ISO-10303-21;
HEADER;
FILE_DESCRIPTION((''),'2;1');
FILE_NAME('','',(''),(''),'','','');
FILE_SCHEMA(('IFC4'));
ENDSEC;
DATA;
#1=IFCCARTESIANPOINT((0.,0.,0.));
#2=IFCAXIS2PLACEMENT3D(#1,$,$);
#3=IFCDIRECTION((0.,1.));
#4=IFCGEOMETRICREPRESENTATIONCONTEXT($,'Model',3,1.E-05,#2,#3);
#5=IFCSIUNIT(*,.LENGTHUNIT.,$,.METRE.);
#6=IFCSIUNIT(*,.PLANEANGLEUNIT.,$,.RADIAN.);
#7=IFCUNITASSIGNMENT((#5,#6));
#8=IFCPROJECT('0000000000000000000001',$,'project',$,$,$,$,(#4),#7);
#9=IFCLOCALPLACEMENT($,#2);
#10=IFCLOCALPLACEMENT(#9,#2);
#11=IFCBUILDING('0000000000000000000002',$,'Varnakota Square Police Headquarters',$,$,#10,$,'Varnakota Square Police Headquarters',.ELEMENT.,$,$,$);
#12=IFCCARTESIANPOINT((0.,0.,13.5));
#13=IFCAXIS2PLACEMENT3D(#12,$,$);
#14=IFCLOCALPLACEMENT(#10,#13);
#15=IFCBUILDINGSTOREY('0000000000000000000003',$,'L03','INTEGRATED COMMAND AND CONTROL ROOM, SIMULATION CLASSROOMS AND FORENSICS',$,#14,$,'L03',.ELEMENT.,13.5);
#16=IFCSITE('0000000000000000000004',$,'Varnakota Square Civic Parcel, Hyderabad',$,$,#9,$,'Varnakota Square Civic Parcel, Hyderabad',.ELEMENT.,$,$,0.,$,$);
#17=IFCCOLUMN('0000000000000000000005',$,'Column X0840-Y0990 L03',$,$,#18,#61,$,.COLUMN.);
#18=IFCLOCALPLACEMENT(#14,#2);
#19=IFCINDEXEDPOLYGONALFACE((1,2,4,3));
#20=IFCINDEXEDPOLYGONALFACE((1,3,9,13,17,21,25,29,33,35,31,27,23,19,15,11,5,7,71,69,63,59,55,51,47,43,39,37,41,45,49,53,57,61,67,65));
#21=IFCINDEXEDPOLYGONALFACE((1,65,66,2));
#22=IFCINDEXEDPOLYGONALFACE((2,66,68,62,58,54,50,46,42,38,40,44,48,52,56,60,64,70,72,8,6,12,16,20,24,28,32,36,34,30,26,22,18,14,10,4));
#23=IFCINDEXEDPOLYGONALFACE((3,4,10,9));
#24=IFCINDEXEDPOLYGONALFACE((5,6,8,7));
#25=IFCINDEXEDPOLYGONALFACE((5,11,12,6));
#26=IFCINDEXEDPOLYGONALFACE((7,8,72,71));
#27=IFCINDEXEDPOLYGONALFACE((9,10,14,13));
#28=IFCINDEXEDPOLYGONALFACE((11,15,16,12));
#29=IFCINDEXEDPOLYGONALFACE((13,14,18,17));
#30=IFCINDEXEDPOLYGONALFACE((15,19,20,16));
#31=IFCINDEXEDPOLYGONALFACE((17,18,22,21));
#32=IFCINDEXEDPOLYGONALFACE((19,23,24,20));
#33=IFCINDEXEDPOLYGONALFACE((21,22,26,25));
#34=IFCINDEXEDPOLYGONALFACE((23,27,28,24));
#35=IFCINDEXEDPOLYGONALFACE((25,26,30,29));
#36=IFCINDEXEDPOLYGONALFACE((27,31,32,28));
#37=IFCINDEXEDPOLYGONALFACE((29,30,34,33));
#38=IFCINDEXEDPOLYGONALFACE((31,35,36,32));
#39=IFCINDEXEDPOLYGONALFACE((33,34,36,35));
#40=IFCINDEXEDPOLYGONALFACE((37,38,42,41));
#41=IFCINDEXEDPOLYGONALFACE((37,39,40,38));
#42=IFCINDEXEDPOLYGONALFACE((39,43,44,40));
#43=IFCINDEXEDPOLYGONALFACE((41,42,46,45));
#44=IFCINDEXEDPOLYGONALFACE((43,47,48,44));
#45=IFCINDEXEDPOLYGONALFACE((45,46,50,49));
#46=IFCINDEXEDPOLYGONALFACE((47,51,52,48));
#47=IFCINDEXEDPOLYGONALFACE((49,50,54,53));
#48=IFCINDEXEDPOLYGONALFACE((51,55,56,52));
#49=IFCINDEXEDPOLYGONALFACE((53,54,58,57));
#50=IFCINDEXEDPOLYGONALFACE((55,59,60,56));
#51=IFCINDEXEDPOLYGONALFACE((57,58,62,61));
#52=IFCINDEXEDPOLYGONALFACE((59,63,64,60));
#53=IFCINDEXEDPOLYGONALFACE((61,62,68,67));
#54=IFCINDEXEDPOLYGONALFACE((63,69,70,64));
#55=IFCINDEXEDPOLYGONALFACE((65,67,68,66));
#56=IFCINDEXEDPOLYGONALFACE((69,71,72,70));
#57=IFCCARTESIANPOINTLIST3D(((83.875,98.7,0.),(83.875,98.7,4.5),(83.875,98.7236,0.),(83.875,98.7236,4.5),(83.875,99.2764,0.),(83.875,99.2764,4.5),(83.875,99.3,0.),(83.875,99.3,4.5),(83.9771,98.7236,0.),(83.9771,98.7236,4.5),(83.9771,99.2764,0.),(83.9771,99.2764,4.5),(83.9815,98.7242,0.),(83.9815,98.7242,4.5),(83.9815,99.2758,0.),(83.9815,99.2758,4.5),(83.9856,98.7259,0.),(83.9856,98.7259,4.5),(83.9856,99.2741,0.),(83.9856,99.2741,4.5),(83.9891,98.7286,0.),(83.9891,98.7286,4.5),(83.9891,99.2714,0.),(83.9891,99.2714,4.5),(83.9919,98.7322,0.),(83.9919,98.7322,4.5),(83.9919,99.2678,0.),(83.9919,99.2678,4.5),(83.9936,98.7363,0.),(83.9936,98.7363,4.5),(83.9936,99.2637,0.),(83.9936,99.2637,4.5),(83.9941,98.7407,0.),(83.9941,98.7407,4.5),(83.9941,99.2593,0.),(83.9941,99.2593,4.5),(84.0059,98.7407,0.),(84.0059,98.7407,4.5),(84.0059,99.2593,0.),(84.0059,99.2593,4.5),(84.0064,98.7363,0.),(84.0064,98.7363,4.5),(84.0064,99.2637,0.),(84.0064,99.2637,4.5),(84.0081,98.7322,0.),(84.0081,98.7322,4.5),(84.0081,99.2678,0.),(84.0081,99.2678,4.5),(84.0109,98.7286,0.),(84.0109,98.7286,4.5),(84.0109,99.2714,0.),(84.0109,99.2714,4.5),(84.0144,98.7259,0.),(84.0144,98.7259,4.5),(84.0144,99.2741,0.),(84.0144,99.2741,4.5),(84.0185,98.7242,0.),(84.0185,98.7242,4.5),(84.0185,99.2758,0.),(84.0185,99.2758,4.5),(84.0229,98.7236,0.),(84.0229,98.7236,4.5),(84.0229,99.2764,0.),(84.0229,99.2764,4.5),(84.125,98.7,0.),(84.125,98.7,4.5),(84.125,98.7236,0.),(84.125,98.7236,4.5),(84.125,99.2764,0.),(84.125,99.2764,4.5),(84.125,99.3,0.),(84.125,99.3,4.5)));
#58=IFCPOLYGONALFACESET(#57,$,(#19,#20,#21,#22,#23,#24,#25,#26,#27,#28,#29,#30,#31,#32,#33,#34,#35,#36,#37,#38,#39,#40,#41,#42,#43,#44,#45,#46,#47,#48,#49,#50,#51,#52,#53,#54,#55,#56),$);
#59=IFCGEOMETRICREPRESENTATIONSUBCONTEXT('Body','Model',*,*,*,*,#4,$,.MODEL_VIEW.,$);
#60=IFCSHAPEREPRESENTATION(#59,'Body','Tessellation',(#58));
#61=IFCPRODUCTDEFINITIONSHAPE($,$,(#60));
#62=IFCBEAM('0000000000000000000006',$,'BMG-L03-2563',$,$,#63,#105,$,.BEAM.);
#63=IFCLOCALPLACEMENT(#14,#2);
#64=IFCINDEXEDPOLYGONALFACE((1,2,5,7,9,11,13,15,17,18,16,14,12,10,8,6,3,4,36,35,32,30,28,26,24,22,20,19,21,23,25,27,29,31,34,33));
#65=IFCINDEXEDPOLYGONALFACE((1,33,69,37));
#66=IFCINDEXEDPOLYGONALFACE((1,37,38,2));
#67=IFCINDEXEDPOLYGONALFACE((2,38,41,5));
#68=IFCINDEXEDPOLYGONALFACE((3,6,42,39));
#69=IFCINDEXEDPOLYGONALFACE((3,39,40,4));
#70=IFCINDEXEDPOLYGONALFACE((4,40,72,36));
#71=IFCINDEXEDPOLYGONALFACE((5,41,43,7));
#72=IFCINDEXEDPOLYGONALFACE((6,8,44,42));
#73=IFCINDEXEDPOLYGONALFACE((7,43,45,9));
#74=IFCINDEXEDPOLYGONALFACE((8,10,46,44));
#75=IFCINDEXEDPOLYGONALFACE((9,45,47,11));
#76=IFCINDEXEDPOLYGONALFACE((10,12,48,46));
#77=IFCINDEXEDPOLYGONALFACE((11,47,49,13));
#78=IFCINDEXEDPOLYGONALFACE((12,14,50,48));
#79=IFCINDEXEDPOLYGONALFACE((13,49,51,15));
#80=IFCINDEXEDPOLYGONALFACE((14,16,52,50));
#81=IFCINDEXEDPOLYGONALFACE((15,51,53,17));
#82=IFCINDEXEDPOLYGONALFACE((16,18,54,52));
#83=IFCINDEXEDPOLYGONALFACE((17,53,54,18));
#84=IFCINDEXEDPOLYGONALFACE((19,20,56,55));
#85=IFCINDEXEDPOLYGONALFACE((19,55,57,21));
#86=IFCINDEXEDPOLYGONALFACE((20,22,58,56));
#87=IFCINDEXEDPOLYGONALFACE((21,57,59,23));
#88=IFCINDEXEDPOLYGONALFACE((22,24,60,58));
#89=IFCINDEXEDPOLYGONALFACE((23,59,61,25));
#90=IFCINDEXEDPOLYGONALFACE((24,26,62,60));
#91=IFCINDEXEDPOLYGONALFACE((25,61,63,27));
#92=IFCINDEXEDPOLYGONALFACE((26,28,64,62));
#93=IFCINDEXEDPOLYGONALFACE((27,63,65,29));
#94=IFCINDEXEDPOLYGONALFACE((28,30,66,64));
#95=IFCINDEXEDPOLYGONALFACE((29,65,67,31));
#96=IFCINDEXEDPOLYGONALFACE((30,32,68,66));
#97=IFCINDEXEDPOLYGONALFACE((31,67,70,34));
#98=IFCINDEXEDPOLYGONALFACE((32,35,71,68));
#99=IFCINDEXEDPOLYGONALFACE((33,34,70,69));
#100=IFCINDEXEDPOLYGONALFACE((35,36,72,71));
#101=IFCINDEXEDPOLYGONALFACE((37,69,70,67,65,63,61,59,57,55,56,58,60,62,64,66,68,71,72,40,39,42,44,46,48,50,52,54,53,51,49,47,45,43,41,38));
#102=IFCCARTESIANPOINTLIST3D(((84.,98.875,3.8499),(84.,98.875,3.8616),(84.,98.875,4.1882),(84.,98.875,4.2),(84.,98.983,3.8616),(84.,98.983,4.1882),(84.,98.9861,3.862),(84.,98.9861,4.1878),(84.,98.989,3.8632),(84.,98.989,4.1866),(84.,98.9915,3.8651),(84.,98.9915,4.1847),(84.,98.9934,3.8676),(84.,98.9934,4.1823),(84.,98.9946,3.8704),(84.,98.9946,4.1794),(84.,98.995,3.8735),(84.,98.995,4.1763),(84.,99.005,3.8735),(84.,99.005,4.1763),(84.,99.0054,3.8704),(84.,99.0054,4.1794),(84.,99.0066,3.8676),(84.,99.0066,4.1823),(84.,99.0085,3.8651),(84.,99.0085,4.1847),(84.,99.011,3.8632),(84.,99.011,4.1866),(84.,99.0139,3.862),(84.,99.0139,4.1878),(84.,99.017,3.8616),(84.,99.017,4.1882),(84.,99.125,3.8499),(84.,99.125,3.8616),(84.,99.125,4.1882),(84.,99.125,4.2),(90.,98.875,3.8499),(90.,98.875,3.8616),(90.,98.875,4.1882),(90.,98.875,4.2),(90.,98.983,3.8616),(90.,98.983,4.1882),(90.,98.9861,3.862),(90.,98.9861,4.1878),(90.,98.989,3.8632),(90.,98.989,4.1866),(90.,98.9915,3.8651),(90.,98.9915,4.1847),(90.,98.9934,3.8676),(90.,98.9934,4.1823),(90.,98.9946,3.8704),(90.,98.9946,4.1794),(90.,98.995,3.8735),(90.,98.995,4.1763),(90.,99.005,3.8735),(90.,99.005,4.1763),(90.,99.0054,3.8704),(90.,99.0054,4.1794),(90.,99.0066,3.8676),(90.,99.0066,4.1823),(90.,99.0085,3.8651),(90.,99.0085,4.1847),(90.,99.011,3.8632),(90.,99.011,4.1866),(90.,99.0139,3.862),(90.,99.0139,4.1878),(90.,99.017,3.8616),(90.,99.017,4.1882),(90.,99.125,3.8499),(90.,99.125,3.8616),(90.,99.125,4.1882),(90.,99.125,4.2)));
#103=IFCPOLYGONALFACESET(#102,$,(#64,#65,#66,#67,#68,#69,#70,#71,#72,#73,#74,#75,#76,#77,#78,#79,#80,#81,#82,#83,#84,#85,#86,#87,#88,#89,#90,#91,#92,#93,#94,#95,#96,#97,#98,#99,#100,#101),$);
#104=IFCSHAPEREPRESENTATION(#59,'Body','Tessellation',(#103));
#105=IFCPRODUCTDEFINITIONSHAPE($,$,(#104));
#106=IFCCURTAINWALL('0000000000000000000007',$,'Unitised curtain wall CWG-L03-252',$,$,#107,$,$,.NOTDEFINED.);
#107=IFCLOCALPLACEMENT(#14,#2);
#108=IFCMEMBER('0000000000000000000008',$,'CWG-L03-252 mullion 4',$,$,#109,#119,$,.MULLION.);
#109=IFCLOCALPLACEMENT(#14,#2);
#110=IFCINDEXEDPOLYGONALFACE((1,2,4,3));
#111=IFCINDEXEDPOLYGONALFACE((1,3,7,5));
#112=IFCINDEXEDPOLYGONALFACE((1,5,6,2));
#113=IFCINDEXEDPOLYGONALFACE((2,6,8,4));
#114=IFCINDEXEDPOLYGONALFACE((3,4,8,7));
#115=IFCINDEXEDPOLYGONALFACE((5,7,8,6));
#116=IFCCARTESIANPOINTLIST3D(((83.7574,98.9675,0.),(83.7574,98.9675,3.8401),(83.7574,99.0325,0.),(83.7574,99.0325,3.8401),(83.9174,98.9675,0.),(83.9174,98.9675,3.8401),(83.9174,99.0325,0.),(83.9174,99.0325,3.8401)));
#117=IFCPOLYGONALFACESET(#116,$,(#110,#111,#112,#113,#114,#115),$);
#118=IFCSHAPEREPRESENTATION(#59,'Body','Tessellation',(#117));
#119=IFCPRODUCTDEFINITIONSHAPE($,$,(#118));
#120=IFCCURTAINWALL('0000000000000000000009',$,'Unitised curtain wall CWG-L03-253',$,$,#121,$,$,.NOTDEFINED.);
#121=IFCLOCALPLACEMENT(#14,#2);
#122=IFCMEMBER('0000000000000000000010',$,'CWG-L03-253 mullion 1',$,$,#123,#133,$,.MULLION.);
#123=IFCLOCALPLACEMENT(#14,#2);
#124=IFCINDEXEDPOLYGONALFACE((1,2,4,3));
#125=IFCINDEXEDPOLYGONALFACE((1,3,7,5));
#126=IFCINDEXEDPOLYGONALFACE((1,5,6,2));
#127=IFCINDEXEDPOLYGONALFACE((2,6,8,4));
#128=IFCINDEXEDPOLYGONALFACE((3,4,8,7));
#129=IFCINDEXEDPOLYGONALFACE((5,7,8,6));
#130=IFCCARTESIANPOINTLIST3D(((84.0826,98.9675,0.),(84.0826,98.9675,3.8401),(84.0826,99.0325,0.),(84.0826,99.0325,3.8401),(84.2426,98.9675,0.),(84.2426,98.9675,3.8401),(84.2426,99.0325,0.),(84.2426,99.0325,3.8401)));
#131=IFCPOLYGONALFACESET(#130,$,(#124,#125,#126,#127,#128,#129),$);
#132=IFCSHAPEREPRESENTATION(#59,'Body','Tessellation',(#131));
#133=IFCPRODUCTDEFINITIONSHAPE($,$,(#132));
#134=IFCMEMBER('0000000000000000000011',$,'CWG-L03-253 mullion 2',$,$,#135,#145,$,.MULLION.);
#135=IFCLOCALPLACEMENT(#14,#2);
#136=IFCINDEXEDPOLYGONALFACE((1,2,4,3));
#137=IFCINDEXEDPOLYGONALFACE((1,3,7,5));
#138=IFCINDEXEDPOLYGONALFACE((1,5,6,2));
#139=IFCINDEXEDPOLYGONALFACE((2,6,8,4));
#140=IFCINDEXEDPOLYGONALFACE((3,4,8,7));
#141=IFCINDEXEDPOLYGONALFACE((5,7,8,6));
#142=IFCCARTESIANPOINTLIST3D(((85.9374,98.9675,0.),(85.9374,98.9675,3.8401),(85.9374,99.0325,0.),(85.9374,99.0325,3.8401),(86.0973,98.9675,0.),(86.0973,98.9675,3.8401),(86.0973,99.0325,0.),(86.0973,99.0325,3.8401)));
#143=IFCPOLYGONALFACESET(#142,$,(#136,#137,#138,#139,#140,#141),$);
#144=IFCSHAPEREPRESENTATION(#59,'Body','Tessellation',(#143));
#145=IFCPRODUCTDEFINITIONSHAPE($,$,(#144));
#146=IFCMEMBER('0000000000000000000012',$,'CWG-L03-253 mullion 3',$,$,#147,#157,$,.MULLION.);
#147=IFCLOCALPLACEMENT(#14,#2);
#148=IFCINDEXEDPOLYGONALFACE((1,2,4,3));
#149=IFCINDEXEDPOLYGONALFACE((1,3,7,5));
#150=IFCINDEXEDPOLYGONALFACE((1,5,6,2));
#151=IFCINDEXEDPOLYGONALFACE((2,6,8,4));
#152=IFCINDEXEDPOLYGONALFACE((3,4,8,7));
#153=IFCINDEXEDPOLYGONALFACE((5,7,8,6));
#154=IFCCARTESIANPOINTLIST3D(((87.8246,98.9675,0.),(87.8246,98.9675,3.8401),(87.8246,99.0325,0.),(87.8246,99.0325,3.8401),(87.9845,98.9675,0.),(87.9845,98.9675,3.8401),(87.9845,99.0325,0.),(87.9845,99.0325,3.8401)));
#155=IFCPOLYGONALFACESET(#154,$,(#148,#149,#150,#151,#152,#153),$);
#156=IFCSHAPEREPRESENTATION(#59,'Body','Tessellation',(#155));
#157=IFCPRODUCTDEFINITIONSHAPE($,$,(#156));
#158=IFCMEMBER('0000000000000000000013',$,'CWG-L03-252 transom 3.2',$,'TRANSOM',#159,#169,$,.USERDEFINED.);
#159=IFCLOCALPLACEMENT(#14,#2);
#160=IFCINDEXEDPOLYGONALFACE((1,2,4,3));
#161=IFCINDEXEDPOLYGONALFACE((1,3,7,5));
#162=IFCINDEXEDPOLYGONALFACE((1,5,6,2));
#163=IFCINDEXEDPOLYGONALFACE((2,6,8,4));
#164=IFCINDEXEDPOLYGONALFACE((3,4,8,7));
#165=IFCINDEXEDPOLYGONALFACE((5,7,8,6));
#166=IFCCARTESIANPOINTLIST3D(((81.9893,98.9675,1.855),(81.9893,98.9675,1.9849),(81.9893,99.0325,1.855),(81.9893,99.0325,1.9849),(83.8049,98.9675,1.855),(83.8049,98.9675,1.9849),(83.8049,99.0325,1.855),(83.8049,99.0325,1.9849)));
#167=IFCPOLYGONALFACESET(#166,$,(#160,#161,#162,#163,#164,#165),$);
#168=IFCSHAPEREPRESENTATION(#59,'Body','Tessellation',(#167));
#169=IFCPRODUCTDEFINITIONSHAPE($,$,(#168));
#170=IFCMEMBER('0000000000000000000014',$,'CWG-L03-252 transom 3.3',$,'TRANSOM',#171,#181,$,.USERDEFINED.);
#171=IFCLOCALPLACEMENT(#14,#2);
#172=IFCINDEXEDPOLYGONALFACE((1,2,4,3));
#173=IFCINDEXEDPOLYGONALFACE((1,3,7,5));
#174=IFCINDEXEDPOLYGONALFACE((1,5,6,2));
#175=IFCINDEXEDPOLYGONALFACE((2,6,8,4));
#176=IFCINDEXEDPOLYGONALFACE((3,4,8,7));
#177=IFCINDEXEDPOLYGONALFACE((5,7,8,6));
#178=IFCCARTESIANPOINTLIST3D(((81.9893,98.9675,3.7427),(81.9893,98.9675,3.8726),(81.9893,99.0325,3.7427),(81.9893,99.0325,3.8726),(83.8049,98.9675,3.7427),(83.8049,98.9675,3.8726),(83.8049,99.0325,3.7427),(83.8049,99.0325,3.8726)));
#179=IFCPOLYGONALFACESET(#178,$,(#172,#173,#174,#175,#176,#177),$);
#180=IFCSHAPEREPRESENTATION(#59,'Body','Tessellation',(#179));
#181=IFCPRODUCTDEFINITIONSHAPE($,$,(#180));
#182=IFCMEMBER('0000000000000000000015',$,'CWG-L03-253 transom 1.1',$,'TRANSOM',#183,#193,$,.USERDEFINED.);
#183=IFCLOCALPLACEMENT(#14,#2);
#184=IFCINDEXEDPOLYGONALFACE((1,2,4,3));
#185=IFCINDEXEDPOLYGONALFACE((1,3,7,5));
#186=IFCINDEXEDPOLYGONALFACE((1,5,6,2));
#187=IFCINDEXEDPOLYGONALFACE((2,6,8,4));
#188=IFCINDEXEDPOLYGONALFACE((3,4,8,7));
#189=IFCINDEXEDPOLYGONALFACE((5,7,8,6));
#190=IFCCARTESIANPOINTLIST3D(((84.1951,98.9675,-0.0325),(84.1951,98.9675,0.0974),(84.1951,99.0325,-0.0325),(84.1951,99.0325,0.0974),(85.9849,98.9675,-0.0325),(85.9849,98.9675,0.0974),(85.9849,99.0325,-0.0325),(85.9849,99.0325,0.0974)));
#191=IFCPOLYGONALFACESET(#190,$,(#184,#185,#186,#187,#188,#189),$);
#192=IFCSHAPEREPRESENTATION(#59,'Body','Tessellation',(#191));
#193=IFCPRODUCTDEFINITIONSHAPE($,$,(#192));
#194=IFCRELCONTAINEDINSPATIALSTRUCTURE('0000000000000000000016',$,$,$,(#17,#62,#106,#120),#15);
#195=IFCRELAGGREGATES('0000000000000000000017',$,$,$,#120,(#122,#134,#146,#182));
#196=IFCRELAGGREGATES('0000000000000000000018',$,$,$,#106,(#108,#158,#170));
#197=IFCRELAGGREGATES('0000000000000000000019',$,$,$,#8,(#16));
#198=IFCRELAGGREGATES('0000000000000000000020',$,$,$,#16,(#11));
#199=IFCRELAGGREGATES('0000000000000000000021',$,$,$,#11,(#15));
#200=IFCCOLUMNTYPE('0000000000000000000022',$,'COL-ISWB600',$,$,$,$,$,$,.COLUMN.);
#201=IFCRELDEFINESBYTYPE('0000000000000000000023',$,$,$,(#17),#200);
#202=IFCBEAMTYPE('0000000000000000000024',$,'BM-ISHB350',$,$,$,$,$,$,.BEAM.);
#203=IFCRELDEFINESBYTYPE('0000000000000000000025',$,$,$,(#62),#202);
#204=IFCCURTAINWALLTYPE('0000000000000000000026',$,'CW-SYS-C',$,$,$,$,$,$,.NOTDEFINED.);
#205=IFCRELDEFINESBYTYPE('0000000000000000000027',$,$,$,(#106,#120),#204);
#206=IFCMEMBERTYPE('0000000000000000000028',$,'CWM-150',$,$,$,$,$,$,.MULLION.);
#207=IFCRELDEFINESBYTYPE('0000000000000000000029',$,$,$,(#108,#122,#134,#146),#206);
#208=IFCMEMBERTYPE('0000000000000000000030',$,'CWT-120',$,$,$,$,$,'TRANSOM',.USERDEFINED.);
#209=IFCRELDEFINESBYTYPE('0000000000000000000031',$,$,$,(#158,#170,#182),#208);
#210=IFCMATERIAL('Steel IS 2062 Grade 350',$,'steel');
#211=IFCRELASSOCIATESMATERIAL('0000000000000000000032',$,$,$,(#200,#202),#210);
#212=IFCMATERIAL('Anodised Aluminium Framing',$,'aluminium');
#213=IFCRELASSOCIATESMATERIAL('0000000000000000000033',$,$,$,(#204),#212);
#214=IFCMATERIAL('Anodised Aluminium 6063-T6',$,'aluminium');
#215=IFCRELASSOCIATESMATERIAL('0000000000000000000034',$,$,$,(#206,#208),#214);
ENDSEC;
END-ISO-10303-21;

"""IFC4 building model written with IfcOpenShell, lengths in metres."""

from ifc_helpers import new_model, si_unit, direction, frame, origin, origin_2d, place, context, subcontext, project, spatial, rectangle, i_section, extrude, material, material_profile, profile_set, type_object, element, aggregate, save


model = new_model("IFC4")

# Units and contexts
model_context = context("Model", 3, precision=1e-05, world=origin(), true_north=direction((0.0, 1.0)))
body_context = subcontext(model_context, "Body", "Model", "MODEL_VIEW")
ifc_project = project(units=[si_unit("LENGTHUNIT", "METRE"), si_unit("PLANEANGLEUNIT", "RADIAN")], contexts=[model_context])

# Site, building, storey
site_placement = place(None, origin())
site = spatial("IfcSite", under=ifc_project, at=site_placement, Name="Varnakota Square Civic Parcel, Hyderabad", LongName="Varnakota Square Civic Parcel, Hyderabad", CompositionType="ELEMENT", RefElevation=0.0)
building_placement = place(site_placement, origin())
building = spatial("IfcBuilding", under=site, at=building_placement, Name="Varnakota Square Police Headquarters", LongName="Varnakota Square Police Headquarters", CompositionType="ELEMENT")
storey_placement = place(building_placement, frame((0.0, 0.0, 13.5)))
storey = spatial("IfcBuildingStorey", under=building, at=storey_placement, Name="L03", Description="INTEGRATED COMMAND AND CONTROL ROOM, SIMULATION CLASSROOMS AND FORENSICS", LongName="L03", CompositionType="ELEMENT", Elevation=13.5)

# Column
ifc_material_1 = material(Name="Steel IS 2062 Grade 350", Category="steel")
ifc_material_profile_1 = material_profile(ifc_material_1, i_section(OverallWidth=0.25, OverallDepth=0.6001, WebThickness=0.0117, FlangeThickness=0.0237, FilletRadius=0.0171, at=origin_2d()), Name="ISWB 600")
ifc_profile_set_1 = profile_set([ifc_material_profile_1], Name="Steel IS 2062 Grade 350")
column_type = type_object("IfcColumnType", Name="COL-ISWB600", PredefinedType="COLUMN", material=ifc_profile_set_1)
column_placement = place(storey_placement, frame((84.0, 99.0, 0.0), z_axis=(0.0, 0.0, 1.0), x_axis=(1.0, 0.0, 0.0)))
element("IfcColumn", 1, at=column_placement, inside=storey, type_object=column_type, Name="Column X0840-Y0990 L03", PredefinedType="COLUMN", context=body_context, shape_type="SweptSolid", body=[
    extrude(i_section(OverallWidth=0.25, OverallDepth=0.6001, WebThickness=0.0117, FlangeThickness=0.0237, FilletRadius=0.0171, at=origin_2d()), origin(), (0.0, 0.0, 1.0), 4.5),
])

# Beam
ifc_material_profile_2 = material_profile(ifc_material_1, i_section(OverallWidth=0.25, OverallDepth=0.3501, WebThickness=0.01, FlangeThickness=0.0117, FilletRadius=0.012, at=origin_2d()), Name="ISHB 350")
ifc_profile_set_2 = profile_set([ifc_material_profile_2], Name="Steel IS 2062 Grade 350")
beam_type = type_object("IfcBeamType", Name="BM-ISHB350", PredefinedType="BEAM", material=ifc_profile_set_2)
beam_placement = place(storey_placement, frame((84.0, 99.0, 4.0249), z_axis=(1.0, 0.0, 0.0), x_axis=(0.0, 1.0, 0.0)))
element("IfcBeam", 2, at=beam_placement, inside=storey, type_object=beam_type, Name="BMG-L03-2563", PredefinedType="BEAM", context=body_context, shape_type="SweptSolid", body=[
    extrude(i_section(OverallWidth=0.25, OverallDepth=0.3501, WebThickness=0.01, FlangeThickness=0.0117, FilletRadius=0.012, at=origin_2d()), origin(), (0.0, 0.0, 1.0), 6.0),
])

# Curtain wall, member
ifc_material_2 = material(Name="Anodised Aluminium Framing", Category="aluminium")
curtain_wall_type = type_object("IfcCurtainWallType", Name="CW-SYS-C", PredefinedType="NOTDEFINED", material=ifc_material_2)
curtain_wall_1_placement = place(storey_placement, origin())
curtain_wall_1 = element("IfcCurtainWall", 3, at=curtain_wall_1_placement, inside=storey, type_object=curtain_wall_type, Name="Unitised curtain wall CWG-L03-252", PredefinedType="NOTDEFINED")
ifc_material_3 = material(Name="Anodised Aluminium 6063-T6", Category="aluminium")
ifc_material_profile_3 = material_profile(ifc_material_3, rectangle(XDim=0.0649, YDim=0.1599, at=origin_2d()), Name="ALU MULLION 65x160")
ifc_profile_set_3 = profile_set([ifc_material_profile_3], Name="Anodised Aluminium 6063-T6")
member_type_1 = type_object("IfcMemberType", Name="CWM-150", PredefinedType="MULLION", material=ifc_profile_set_3)
member_1_placement = place(storey_placement, frame((83.8374, 99.0, 0.0), z_axis=(0.0, 0.0, 1.0), x_axis=(0.0, 1.0, 0.0)))
member_1 = element("IfcMember", 4, at=member_1_placement, type_object=member_type_1, Name="CWG-L03-252 mullion 4", PredefinedType="MULLION", context=body_context, shape_type="SweptSolid", body=[
    extrude(rectangle(XDim=0.0649, YDim=0.1599, at=origin_2d()), origin(), (0.0, 0.0, 1.0), 3.8401),
])

# Curtain wall, members
curtain_wall_2_placement = place(storey_placement, origin())
curtain_wall_2 = element("IfcCurtainWall", 5, at=curtain_wall_2_placement, inside=storey, type_object=curtain_wall_type, Name="Unitised curtain wall CWG-L03-253", PredefinedType="NOTDEFINED")
member_2_placement = place(storey_placement, frame((84.1626, 99.0, 0.0), z_axis=(0.0, 0.0, 1.0), x_axis=(0.0, 1.0, 0.0)))
member_2 = element("IfcMember", 6, at=member_2_placement, type_object=member_type_1, Name="CWG-L03-253 mullion 1", PredefinedType="MULLION", context=body_context, shape_type="SweptSolid", body=[
    extrude(rectangle(XDim=0.0649, YDim=0.1599, at=origin_2d()), origin(), (0.0, 0.0, 1.0), 3.8401),
])
member_3_placement = place(storey_placement, frame((86.0173, 99.0, 0.0), z_axis=(0.0, 0.0, 1.0), x_axis=(0.0, 1.0, 0.0)))
member_3 = element("IfcMember", 7, at=member_3_placement, type_object=member_type_1, Name="CWG-L03-253 mullion 2", PredefinedType="MULLION", context=body_context, shape_type="SweptSolid", body=[
    extrude(rectangle(XDim=0.0649, YDim=0.1599, at=origin_2d()), origin(), (0.0, 0.0, 1.0), 3.8401),
])
member_4_placement = place(storey_placement, frame((87.9045, 99.0, 0.0), z_axis=(0.0, 0.0, 1.0), x_axis=(0.0, 1.0, 0.0)))
member_4 = element("IfcMember", 8, at=member_4_placement, type_object=member_type_1, Name="CWG-L03-253 mullion 3", PredefinedType="MULLION", context=body_context, shape_type="SweptSolid", body=[
    extrude(rectangle(XDim=0.0649, YDim=0.1599, at=origin_2d()), origin(), (0.0, 0.0, 1.0), 3.8401),
])

# Members
ifc_material_profile_4 = material_profile(ifc_material_3, rectangle(XDim=0.0649, YDim=0.1299, at=origin_2d()), Name="ALU TRANSOM 65x130")
ifc_profile_set_4 = profile_set([ifc_material_profile_4], Name="Anodised Aluminium 6063-T6")
member_type_2 = type_object("IfcMemberType", Name="CWT-120", ElementType="TRANSOM", PredefinedType="USERDEFINED", material=ifc_profile_set_4)
member_5_placement = place(storey_placement, frame((81.9893, 99.0, 1.9199), z_axis=(1.0, 0.0, 0.0), x_axis=(0.0, 1.0, 0.0)))
member_5 = element("IfcMember", 9, at=member_5_placement, type_object=member_type_2, Name="CWG-L03-252 transom 3.2", ObjectType="TRANSOM", PredefinedType="USERDEFINED", context=body_context, shape_type="SweptSolid", body=[
    extrude(rectangle(XDim=0.0649, YDim=0.1299, at=origin_2d()), origin(), (0.0, 0.0, 1.0), 1.8157),
])
member_6_placement = place(storey_placement, frame((81.9893, 99.0, 3.8076), z_axis=(1.0, 0.0, 0.0), x_axis=(0.0, 1.0, 0.0)))
member_6 = element("IfcMember", 10, at=member_6_placement, type_object=member_type_2, Name="CWG-L03-252 transom 3.3", ObjectType="TRANSOM", PredefinedType="USERDEFINED", context=body_context, shape_type="SweptSolid", body=[
    extrude(rectangle(XDim=0.0649, YDim=0.1299, at=origin_2d()), origin(), (0.0, 0.0, 1.0), 1.8157),
])
member_7_placement = place(storey_placement, frame((84.1951, 99.0, 0.0325), z_axis=(1.0, 0.0, 0.0), x_axis=(0.0, 1.0, 0.0)))
member_7 = element("IfcMember", 11, at=member_7_placement, type_object=member_type_2, Name="CWG-L03-253 transom 1.1", ObjectType="TRANSOM", PredefinedType="USERDEFINED", context=body_context, shape_type="SweptSolid", body=[
    extrude(rectangle(XDim=0.0649, YDim=0.1299, at=origin_2d()), origin(), (0.0, 0.0, 1.0), 1.7898),
])

aggregate(curtain_wall_2, [member_2, member_3, member_4, member_7])
aggregate(curtain_wall_1, [member_1, member_5, member_6])

save(model, "model.ifc")
